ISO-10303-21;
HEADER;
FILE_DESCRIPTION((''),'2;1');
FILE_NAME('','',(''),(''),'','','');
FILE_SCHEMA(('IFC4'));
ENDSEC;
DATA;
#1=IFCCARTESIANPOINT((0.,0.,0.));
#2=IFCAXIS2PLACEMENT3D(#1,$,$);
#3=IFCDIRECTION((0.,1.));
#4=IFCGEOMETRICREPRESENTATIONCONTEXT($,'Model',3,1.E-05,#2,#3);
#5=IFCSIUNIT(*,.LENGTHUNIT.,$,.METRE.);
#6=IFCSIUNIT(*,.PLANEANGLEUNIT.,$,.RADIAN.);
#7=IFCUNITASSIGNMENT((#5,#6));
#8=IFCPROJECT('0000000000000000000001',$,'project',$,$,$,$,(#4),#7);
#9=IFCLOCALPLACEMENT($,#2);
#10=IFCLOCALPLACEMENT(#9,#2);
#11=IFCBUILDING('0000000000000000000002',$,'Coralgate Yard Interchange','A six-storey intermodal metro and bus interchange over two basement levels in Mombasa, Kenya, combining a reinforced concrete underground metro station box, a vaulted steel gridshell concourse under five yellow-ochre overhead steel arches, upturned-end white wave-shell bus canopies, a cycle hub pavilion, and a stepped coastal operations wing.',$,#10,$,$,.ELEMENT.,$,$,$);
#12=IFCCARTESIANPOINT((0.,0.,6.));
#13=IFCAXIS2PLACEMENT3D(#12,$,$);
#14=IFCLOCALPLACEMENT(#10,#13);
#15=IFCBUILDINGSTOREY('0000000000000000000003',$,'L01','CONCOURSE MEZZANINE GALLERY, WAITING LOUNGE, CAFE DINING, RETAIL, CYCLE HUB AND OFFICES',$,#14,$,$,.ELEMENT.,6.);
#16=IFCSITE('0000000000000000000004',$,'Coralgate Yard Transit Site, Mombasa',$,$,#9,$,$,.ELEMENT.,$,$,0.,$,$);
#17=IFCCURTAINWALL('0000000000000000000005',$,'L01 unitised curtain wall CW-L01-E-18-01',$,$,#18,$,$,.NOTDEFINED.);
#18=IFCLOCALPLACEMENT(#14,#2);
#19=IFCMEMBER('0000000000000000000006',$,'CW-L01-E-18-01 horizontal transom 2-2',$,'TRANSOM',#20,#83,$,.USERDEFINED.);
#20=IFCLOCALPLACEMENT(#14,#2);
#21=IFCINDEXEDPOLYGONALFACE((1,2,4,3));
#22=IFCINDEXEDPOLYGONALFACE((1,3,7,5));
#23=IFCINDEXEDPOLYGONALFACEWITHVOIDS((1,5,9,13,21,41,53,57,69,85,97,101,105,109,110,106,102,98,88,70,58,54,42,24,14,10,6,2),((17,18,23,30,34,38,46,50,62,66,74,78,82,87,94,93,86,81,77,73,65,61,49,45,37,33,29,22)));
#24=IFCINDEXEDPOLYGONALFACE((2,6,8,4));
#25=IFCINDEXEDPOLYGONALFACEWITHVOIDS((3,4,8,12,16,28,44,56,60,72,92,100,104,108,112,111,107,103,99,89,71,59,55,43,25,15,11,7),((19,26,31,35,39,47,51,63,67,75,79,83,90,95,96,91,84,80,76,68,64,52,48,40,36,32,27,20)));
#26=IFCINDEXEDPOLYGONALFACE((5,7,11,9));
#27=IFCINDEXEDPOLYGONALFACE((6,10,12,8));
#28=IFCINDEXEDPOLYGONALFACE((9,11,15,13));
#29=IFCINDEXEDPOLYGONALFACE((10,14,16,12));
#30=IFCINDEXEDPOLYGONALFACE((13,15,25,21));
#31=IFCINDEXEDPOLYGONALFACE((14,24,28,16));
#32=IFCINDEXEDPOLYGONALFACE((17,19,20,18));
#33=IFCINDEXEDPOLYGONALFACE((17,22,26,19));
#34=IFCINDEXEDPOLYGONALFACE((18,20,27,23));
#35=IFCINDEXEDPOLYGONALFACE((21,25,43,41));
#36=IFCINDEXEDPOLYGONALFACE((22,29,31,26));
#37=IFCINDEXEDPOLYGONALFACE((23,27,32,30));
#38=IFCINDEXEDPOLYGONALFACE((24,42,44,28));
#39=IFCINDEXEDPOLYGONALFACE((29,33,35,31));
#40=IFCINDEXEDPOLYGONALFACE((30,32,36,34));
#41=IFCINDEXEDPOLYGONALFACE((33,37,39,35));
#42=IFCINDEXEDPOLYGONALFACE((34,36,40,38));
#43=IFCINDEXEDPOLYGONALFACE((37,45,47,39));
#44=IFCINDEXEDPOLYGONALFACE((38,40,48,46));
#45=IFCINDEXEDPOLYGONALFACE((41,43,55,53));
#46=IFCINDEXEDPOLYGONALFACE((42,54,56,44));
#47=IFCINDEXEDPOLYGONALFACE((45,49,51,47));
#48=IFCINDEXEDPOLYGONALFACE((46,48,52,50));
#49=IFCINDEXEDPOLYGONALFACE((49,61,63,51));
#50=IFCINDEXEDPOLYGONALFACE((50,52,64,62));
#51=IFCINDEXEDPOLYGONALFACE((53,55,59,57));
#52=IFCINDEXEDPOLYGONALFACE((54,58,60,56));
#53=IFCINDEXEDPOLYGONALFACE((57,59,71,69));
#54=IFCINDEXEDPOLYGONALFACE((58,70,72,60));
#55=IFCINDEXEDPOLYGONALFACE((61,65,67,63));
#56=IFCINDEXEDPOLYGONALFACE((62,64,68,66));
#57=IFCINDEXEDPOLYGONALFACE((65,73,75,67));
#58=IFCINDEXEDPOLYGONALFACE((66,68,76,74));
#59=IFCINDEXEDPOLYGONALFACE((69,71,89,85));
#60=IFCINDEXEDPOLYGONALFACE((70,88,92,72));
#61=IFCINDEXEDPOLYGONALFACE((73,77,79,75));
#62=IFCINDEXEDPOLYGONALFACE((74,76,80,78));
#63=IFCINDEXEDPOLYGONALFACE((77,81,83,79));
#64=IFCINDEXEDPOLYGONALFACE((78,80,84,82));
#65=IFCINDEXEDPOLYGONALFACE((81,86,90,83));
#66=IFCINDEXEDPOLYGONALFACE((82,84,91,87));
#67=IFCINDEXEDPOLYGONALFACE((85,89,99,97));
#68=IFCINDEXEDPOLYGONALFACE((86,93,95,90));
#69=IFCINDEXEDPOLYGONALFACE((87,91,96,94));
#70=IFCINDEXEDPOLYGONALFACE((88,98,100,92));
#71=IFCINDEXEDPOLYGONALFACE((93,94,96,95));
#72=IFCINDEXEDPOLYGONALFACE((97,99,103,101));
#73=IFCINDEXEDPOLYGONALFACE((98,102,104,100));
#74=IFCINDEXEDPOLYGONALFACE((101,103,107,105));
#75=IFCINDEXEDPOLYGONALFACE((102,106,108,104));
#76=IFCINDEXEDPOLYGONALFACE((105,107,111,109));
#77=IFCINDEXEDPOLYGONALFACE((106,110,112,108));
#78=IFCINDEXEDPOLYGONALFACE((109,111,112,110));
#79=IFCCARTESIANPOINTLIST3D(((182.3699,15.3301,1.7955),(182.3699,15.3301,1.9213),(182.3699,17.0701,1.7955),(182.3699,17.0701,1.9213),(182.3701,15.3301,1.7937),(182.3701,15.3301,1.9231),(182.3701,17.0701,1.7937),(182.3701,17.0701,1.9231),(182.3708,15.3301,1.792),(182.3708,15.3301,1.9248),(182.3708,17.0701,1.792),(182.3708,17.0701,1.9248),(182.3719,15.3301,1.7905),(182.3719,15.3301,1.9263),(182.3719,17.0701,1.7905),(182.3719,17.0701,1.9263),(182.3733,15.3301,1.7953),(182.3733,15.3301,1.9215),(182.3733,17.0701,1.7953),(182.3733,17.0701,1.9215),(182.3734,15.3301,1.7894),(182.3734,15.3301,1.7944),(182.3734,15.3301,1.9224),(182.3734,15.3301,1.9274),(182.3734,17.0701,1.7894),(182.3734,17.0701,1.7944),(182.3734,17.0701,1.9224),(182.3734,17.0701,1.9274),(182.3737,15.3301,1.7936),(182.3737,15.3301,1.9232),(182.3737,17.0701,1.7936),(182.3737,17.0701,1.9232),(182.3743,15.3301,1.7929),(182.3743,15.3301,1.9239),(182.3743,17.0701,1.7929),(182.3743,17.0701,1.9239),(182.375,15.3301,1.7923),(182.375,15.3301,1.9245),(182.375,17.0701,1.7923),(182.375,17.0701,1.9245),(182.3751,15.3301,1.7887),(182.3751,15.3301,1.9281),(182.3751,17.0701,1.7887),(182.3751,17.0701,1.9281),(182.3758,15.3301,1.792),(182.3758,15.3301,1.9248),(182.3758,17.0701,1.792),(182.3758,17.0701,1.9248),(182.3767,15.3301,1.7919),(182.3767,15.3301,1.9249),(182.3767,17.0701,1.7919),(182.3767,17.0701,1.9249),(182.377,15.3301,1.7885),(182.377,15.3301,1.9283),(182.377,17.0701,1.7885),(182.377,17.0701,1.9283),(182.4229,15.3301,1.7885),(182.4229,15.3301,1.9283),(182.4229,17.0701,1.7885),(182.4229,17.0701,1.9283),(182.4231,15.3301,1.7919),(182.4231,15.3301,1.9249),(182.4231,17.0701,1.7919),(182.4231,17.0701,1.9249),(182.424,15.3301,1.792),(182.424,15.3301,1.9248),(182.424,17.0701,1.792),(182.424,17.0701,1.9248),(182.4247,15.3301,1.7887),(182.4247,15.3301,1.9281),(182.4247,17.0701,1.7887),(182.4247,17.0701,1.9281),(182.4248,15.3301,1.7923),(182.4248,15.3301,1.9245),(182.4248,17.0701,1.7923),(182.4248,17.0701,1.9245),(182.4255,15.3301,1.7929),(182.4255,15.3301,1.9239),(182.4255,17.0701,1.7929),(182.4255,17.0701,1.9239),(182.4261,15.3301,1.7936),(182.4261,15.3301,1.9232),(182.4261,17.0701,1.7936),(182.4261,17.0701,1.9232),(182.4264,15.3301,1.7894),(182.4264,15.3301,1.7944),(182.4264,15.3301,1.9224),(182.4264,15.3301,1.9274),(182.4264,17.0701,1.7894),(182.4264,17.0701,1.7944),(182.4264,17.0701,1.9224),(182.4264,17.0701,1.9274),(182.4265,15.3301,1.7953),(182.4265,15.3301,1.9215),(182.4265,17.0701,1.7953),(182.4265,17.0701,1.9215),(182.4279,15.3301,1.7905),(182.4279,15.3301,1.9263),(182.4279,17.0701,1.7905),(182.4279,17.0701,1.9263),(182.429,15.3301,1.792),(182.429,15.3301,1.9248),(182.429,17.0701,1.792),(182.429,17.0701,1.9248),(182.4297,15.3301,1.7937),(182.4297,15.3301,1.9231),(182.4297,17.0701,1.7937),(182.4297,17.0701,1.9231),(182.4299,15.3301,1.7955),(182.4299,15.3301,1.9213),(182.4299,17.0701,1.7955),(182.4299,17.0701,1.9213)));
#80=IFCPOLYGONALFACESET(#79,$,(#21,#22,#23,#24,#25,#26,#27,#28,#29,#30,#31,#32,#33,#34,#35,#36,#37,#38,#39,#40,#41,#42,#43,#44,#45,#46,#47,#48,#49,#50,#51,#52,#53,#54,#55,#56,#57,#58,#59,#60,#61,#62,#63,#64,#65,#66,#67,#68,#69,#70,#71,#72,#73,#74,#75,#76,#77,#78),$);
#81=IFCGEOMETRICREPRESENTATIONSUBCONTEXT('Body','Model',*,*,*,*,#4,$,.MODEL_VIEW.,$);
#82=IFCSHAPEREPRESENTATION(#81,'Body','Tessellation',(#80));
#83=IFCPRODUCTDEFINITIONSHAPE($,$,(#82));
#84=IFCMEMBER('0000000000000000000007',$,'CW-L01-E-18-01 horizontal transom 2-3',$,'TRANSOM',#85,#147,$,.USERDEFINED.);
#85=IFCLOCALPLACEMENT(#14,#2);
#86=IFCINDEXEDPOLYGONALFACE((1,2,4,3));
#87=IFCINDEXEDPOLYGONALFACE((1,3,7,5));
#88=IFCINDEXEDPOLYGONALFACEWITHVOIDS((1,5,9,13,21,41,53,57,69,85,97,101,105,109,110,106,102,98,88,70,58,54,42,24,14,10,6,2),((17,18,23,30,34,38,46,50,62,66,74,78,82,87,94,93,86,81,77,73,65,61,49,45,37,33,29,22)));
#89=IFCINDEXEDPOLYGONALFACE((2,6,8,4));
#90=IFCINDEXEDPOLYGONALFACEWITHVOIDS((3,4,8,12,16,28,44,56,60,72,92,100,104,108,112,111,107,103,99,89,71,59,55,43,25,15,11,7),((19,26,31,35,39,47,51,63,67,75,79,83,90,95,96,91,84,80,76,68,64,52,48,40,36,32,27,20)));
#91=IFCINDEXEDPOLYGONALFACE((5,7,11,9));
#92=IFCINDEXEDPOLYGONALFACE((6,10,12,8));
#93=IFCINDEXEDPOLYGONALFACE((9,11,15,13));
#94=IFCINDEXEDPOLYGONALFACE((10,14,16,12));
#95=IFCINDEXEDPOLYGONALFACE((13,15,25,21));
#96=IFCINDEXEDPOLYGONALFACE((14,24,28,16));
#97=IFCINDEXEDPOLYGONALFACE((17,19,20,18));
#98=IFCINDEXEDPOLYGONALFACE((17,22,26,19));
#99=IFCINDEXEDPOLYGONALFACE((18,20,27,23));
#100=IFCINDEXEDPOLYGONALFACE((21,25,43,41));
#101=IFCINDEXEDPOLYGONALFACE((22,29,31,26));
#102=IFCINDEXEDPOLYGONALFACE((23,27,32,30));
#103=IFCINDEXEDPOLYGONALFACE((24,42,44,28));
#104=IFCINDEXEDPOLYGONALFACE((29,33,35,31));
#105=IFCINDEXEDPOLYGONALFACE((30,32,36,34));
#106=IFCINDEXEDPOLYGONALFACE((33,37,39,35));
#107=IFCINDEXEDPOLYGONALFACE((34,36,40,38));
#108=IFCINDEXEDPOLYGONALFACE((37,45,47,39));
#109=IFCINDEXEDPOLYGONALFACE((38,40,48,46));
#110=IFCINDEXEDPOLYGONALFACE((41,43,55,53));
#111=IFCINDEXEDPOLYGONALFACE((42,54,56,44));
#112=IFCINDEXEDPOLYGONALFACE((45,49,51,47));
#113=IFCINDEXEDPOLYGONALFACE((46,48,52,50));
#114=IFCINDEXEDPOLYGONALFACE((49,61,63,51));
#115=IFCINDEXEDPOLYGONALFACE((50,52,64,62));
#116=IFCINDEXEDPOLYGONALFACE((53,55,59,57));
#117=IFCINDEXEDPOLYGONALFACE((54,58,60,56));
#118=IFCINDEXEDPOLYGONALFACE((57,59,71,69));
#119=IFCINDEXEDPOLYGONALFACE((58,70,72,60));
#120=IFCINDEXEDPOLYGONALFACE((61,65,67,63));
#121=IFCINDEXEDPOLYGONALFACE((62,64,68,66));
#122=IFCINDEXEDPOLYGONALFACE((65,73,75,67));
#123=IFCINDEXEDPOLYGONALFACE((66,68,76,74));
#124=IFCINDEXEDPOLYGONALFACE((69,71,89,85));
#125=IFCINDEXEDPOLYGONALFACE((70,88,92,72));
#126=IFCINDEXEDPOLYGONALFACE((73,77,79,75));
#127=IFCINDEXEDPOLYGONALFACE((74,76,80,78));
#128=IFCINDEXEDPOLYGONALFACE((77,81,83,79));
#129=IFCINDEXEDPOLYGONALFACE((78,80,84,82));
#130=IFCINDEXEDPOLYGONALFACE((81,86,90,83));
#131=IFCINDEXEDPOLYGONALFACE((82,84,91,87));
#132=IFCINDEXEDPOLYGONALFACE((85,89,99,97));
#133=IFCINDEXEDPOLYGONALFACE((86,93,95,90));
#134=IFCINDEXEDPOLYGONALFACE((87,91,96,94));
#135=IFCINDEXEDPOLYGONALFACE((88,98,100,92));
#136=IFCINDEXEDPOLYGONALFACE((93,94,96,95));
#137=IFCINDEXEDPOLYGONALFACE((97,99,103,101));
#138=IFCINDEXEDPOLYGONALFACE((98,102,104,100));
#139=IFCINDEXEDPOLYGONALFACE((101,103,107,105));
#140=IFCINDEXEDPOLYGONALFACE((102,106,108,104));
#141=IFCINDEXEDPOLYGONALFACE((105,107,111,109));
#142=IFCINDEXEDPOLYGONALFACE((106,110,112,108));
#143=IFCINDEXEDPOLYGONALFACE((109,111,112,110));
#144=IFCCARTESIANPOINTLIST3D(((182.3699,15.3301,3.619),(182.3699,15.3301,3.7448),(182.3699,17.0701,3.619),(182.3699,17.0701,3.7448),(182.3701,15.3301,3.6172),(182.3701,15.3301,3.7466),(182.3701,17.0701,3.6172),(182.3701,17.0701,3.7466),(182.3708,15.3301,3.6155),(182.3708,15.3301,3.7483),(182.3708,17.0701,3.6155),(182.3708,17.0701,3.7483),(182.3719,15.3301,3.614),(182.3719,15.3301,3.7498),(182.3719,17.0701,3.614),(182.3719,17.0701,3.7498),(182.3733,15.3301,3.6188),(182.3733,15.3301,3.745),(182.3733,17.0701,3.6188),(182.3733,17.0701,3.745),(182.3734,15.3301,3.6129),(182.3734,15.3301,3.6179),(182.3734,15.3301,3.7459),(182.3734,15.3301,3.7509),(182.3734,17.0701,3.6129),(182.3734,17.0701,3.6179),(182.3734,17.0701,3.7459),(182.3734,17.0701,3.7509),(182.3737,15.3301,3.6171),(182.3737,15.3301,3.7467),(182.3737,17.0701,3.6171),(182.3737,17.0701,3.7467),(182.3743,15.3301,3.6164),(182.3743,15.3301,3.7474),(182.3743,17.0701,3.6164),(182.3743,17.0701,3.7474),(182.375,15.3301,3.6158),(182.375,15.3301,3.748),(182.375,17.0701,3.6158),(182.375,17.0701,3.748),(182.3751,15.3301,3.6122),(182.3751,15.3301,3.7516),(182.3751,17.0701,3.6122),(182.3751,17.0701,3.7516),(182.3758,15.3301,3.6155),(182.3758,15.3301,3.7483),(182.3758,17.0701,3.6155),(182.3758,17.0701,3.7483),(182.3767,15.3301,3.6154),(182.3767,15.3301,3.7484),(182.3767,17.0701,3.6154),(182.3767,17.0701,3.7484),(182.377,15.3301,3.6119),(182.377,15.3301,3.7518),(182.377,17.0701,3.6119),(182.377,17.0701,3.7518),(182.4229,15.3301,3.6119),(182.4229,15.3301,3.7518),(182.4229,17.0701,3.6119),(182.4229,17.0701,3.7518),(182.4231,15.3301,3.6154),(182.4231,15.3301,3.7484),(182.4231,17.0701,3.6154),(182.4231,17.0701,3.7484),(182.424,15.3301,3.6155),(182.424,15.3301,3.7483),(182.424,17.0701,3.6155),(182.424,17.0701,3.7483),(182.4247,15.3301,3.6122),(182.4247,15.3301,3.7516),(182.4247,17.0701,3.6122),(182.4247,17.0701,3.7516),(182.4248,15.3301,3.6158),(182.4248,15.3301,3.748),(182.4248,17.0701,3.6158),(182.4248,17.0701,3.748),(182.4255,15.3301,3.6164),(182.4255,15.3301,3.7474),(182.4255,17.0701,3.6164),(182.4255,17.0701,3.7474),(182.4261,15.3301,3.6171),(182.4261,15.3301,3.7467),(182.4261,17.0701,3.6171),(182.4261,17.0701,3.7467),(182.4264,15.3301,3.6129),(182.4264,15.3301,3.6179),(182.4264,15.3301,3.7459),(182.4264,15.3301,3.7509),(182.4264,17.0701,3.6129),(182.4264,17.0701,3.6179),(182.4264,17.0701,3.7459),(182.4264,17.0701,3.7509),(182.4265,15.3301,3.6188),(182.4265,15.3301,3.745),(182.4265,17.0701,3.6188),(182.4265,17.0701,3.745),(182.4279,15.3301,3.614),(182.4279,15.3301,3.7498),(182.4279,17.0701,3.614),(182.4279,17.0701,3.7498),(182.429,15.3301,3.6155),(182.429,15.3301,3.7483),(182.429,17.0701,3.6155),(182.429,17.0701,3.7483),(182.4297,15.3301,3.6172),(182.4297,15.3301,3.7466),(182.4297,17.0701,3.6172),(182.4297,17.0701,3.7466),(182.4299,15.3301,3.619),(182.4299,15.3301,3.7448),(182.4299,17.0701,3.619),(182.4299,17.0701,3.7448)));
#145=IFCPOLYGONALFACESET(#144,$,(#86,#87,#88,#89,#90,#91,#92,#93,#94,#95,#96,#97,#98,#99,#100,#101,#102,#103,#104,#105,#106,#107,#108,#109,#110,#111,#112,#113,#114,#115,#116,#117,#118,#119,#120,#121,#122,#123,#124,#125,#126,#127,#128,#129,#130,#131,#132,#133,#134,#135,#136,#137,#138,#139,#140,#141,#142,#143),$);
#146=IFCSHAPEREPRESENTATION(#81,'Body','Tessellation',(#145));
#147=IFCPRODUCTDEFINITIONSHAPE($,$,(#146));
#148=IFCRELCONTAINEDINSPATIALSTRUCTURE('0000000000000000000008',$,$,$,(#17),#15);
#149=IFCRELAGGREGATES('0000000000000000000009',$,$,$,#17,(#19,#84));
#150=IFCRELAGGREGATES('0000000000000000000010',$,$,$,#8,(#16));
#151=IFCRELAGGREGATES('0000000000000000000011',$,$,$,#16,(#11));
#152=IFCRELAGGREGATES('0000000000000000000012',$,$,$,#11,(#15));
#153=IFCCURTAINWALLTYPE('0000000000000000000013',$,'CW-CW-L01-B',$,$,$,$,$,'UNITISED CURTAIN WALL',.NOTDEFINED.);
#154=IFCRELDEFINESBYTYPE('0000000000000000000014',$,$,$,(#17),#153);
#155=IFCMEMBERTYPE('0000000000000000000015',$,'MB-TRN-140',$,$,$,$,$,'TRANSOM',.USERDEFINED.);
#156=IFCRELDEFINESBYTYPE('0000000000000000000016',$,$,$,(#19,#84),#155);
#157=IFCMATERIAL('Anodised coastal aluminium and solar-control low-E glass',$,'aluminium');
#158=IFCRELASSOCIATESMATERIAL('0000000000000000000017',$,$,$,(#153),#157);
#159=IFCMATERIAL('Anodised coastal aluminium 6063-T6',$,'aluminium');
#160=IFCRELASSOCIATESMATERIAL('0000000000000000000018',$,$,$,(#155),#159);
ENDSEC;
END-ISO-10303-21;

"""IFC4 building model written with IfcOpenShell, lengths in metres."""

from ifc_helpers import new_model, si_unit, direction, frame, origin, origin_2d, place, context, subcontext, project, spatial, hollow_rectangle, extrude, material, material_profile, profile_set, type_object, element, aggregate, save


model = new_model("IFC4")

# Units and contexts
model_context = context("Model", 3, precision=1e-05, world=origin(), true_north=direction((0.0, 1.0)))
body_context = subcontext(model_context, "Body", "Model", "MODEL_VIEW")
ifc_project = project(units=[si_unit("LENGTHUNIT", "METRE"), si_unit("PLANEANGLEUNIT", "RADIAN")], contexts=[model_context])

# Site, building, storey
site_placement = place(None, origin())
site = spatial("IfcSite", under=ifc_project, at=site_placement, Name="Coralgate Yard Transit Site, Mombasa", CompositionType="ELEMENT", RefElevation=0.0)
building_placement = place(site_placement, origin())
building = spatial("IfcBuilding", under=site, at=building_placement, Name="Coralgate Yard Interchange", Description="A six-storey intermodal metro and bus interchange over two basement levels in Mombasa, Kenya, combining a reinforced concrete underground metro station box, a vaulted steel gridshell concourse under five yellow-ochre overhead steel arches, upturned-end white wave-shell bus canopies, a cycle hub pavilion, and a stepped coastal operations wing.", CompositionType="ELEMENT")
storey_placement = place(building_placement, frame((0.0, 0.0, 6.0)))
storey = spatial("IfcBuildingStorey", under=building, at=storey_placement, Name="L01", Description="CONCOURSE MEZZANINE GALLERY, WAITING LOUNGE, CAFE DINING, RETAIL, CYCLE HUB AND OFFICES", CompositionType="ELEMENT", Elevation=6.0)

# Curtain wall, members
ifc_material_1 = material(Name="Anodised coastal aluminium and solar-control low-E glass", Category="aluminium")
curtain_wall_type = type_object("IfcCurtainWallType", Name="CW-CW-L01-B", ElementType="UNITISED CURTAIN WALL", PredefinedType="NOTDEFINED", material=ifc_material_1)
curtain_wall_placement = place(storey_placement, origin())
curtain_wall = element("IfcCurtainWall", 1, at=curtain_wall_placement, inside=storey, type_object=curtain_wall_type, Name="L01 unitised curtain wall CW-L01-E-18-01", PredefinedType="NOTDEFINED")
ifc_material_2 = material(Name="Anodised coastal aluminium 6063-T6", Category="aluminium")
ifc_material_profile_1 = material_profile(ifc_material_2, hollow_rectangle(XDim=0.0601, YDim=0.1399, WallThickness=0.0034, InnerFilletRadius=0.0034, OuterFilletRadius=0.0071, at=origin_2d()), Name="ALU 60x140x3.5")
ifc_profile_set_1 = profile_set([ifc_material_profile_1], Name="Anodised coastal aluminium 6063-T6")
member_type_1 = type_object("IfcMemberType", Name="MB-TRN-140", ElementType="TRANSOM", PredefinedType="USERDEFINED", material=ifc_profile_set_1)
member_1_placement = place(storey_placement, frame((182.3999, 17.0701, 1.8584), z_axis=(0.0, -1.0, 0.0), x_axis=(1.0, 0.0, 0.0)))
member_1 = element("IfcMember", 2, at=member_1_placement, type_object=member_type_1, Name="CW-L01-E-18-01 horizontal transom 2-2", ObjectType="TRANSOM", PredefinedType="USERDEFINED", context=body_context, shape_type="SweptSolid", body=[
    extrude(hollow_rectangle(XDim=0.0601, YDim=0.1399, WallThickness=0.0034, InnerFilletRadius=0.0034, OuterFilletRadius=0.0071, at=origin_2d()), origin(), (0.0, 0.0, 1.0), 1.74),
])
member_2_placement = place(storey_placement, frame((182.3999, 17.0701, 3.6819), z_axis=(0.0, -1.0, 0.0), x_axis=(1.0, 0.0, 0.0)))
member_2 = element("IfcMember", 3, at=member_2_placement, type_object=member_type_1, Name="CW-L01-E-18-01 horizontal transom 2-3", ObjectType="TRANSOM", PredefinedType="USERDEFINED", context=body_context, shape_type="SweptSolid", body=[
    extrude(hollow_rectangle(XDim=0.0601, YDim=0.1399, WallThickness=0.0034, InnerFilletRadius=0.0034, OuterFilletRadius=0.0071, at=origin_2d()), origin(), (0.0, 0.0, 1.0), 1.74),
])
aggregate(curtain_wall, [member_1, member_2])

save(model, "model.ifc")
